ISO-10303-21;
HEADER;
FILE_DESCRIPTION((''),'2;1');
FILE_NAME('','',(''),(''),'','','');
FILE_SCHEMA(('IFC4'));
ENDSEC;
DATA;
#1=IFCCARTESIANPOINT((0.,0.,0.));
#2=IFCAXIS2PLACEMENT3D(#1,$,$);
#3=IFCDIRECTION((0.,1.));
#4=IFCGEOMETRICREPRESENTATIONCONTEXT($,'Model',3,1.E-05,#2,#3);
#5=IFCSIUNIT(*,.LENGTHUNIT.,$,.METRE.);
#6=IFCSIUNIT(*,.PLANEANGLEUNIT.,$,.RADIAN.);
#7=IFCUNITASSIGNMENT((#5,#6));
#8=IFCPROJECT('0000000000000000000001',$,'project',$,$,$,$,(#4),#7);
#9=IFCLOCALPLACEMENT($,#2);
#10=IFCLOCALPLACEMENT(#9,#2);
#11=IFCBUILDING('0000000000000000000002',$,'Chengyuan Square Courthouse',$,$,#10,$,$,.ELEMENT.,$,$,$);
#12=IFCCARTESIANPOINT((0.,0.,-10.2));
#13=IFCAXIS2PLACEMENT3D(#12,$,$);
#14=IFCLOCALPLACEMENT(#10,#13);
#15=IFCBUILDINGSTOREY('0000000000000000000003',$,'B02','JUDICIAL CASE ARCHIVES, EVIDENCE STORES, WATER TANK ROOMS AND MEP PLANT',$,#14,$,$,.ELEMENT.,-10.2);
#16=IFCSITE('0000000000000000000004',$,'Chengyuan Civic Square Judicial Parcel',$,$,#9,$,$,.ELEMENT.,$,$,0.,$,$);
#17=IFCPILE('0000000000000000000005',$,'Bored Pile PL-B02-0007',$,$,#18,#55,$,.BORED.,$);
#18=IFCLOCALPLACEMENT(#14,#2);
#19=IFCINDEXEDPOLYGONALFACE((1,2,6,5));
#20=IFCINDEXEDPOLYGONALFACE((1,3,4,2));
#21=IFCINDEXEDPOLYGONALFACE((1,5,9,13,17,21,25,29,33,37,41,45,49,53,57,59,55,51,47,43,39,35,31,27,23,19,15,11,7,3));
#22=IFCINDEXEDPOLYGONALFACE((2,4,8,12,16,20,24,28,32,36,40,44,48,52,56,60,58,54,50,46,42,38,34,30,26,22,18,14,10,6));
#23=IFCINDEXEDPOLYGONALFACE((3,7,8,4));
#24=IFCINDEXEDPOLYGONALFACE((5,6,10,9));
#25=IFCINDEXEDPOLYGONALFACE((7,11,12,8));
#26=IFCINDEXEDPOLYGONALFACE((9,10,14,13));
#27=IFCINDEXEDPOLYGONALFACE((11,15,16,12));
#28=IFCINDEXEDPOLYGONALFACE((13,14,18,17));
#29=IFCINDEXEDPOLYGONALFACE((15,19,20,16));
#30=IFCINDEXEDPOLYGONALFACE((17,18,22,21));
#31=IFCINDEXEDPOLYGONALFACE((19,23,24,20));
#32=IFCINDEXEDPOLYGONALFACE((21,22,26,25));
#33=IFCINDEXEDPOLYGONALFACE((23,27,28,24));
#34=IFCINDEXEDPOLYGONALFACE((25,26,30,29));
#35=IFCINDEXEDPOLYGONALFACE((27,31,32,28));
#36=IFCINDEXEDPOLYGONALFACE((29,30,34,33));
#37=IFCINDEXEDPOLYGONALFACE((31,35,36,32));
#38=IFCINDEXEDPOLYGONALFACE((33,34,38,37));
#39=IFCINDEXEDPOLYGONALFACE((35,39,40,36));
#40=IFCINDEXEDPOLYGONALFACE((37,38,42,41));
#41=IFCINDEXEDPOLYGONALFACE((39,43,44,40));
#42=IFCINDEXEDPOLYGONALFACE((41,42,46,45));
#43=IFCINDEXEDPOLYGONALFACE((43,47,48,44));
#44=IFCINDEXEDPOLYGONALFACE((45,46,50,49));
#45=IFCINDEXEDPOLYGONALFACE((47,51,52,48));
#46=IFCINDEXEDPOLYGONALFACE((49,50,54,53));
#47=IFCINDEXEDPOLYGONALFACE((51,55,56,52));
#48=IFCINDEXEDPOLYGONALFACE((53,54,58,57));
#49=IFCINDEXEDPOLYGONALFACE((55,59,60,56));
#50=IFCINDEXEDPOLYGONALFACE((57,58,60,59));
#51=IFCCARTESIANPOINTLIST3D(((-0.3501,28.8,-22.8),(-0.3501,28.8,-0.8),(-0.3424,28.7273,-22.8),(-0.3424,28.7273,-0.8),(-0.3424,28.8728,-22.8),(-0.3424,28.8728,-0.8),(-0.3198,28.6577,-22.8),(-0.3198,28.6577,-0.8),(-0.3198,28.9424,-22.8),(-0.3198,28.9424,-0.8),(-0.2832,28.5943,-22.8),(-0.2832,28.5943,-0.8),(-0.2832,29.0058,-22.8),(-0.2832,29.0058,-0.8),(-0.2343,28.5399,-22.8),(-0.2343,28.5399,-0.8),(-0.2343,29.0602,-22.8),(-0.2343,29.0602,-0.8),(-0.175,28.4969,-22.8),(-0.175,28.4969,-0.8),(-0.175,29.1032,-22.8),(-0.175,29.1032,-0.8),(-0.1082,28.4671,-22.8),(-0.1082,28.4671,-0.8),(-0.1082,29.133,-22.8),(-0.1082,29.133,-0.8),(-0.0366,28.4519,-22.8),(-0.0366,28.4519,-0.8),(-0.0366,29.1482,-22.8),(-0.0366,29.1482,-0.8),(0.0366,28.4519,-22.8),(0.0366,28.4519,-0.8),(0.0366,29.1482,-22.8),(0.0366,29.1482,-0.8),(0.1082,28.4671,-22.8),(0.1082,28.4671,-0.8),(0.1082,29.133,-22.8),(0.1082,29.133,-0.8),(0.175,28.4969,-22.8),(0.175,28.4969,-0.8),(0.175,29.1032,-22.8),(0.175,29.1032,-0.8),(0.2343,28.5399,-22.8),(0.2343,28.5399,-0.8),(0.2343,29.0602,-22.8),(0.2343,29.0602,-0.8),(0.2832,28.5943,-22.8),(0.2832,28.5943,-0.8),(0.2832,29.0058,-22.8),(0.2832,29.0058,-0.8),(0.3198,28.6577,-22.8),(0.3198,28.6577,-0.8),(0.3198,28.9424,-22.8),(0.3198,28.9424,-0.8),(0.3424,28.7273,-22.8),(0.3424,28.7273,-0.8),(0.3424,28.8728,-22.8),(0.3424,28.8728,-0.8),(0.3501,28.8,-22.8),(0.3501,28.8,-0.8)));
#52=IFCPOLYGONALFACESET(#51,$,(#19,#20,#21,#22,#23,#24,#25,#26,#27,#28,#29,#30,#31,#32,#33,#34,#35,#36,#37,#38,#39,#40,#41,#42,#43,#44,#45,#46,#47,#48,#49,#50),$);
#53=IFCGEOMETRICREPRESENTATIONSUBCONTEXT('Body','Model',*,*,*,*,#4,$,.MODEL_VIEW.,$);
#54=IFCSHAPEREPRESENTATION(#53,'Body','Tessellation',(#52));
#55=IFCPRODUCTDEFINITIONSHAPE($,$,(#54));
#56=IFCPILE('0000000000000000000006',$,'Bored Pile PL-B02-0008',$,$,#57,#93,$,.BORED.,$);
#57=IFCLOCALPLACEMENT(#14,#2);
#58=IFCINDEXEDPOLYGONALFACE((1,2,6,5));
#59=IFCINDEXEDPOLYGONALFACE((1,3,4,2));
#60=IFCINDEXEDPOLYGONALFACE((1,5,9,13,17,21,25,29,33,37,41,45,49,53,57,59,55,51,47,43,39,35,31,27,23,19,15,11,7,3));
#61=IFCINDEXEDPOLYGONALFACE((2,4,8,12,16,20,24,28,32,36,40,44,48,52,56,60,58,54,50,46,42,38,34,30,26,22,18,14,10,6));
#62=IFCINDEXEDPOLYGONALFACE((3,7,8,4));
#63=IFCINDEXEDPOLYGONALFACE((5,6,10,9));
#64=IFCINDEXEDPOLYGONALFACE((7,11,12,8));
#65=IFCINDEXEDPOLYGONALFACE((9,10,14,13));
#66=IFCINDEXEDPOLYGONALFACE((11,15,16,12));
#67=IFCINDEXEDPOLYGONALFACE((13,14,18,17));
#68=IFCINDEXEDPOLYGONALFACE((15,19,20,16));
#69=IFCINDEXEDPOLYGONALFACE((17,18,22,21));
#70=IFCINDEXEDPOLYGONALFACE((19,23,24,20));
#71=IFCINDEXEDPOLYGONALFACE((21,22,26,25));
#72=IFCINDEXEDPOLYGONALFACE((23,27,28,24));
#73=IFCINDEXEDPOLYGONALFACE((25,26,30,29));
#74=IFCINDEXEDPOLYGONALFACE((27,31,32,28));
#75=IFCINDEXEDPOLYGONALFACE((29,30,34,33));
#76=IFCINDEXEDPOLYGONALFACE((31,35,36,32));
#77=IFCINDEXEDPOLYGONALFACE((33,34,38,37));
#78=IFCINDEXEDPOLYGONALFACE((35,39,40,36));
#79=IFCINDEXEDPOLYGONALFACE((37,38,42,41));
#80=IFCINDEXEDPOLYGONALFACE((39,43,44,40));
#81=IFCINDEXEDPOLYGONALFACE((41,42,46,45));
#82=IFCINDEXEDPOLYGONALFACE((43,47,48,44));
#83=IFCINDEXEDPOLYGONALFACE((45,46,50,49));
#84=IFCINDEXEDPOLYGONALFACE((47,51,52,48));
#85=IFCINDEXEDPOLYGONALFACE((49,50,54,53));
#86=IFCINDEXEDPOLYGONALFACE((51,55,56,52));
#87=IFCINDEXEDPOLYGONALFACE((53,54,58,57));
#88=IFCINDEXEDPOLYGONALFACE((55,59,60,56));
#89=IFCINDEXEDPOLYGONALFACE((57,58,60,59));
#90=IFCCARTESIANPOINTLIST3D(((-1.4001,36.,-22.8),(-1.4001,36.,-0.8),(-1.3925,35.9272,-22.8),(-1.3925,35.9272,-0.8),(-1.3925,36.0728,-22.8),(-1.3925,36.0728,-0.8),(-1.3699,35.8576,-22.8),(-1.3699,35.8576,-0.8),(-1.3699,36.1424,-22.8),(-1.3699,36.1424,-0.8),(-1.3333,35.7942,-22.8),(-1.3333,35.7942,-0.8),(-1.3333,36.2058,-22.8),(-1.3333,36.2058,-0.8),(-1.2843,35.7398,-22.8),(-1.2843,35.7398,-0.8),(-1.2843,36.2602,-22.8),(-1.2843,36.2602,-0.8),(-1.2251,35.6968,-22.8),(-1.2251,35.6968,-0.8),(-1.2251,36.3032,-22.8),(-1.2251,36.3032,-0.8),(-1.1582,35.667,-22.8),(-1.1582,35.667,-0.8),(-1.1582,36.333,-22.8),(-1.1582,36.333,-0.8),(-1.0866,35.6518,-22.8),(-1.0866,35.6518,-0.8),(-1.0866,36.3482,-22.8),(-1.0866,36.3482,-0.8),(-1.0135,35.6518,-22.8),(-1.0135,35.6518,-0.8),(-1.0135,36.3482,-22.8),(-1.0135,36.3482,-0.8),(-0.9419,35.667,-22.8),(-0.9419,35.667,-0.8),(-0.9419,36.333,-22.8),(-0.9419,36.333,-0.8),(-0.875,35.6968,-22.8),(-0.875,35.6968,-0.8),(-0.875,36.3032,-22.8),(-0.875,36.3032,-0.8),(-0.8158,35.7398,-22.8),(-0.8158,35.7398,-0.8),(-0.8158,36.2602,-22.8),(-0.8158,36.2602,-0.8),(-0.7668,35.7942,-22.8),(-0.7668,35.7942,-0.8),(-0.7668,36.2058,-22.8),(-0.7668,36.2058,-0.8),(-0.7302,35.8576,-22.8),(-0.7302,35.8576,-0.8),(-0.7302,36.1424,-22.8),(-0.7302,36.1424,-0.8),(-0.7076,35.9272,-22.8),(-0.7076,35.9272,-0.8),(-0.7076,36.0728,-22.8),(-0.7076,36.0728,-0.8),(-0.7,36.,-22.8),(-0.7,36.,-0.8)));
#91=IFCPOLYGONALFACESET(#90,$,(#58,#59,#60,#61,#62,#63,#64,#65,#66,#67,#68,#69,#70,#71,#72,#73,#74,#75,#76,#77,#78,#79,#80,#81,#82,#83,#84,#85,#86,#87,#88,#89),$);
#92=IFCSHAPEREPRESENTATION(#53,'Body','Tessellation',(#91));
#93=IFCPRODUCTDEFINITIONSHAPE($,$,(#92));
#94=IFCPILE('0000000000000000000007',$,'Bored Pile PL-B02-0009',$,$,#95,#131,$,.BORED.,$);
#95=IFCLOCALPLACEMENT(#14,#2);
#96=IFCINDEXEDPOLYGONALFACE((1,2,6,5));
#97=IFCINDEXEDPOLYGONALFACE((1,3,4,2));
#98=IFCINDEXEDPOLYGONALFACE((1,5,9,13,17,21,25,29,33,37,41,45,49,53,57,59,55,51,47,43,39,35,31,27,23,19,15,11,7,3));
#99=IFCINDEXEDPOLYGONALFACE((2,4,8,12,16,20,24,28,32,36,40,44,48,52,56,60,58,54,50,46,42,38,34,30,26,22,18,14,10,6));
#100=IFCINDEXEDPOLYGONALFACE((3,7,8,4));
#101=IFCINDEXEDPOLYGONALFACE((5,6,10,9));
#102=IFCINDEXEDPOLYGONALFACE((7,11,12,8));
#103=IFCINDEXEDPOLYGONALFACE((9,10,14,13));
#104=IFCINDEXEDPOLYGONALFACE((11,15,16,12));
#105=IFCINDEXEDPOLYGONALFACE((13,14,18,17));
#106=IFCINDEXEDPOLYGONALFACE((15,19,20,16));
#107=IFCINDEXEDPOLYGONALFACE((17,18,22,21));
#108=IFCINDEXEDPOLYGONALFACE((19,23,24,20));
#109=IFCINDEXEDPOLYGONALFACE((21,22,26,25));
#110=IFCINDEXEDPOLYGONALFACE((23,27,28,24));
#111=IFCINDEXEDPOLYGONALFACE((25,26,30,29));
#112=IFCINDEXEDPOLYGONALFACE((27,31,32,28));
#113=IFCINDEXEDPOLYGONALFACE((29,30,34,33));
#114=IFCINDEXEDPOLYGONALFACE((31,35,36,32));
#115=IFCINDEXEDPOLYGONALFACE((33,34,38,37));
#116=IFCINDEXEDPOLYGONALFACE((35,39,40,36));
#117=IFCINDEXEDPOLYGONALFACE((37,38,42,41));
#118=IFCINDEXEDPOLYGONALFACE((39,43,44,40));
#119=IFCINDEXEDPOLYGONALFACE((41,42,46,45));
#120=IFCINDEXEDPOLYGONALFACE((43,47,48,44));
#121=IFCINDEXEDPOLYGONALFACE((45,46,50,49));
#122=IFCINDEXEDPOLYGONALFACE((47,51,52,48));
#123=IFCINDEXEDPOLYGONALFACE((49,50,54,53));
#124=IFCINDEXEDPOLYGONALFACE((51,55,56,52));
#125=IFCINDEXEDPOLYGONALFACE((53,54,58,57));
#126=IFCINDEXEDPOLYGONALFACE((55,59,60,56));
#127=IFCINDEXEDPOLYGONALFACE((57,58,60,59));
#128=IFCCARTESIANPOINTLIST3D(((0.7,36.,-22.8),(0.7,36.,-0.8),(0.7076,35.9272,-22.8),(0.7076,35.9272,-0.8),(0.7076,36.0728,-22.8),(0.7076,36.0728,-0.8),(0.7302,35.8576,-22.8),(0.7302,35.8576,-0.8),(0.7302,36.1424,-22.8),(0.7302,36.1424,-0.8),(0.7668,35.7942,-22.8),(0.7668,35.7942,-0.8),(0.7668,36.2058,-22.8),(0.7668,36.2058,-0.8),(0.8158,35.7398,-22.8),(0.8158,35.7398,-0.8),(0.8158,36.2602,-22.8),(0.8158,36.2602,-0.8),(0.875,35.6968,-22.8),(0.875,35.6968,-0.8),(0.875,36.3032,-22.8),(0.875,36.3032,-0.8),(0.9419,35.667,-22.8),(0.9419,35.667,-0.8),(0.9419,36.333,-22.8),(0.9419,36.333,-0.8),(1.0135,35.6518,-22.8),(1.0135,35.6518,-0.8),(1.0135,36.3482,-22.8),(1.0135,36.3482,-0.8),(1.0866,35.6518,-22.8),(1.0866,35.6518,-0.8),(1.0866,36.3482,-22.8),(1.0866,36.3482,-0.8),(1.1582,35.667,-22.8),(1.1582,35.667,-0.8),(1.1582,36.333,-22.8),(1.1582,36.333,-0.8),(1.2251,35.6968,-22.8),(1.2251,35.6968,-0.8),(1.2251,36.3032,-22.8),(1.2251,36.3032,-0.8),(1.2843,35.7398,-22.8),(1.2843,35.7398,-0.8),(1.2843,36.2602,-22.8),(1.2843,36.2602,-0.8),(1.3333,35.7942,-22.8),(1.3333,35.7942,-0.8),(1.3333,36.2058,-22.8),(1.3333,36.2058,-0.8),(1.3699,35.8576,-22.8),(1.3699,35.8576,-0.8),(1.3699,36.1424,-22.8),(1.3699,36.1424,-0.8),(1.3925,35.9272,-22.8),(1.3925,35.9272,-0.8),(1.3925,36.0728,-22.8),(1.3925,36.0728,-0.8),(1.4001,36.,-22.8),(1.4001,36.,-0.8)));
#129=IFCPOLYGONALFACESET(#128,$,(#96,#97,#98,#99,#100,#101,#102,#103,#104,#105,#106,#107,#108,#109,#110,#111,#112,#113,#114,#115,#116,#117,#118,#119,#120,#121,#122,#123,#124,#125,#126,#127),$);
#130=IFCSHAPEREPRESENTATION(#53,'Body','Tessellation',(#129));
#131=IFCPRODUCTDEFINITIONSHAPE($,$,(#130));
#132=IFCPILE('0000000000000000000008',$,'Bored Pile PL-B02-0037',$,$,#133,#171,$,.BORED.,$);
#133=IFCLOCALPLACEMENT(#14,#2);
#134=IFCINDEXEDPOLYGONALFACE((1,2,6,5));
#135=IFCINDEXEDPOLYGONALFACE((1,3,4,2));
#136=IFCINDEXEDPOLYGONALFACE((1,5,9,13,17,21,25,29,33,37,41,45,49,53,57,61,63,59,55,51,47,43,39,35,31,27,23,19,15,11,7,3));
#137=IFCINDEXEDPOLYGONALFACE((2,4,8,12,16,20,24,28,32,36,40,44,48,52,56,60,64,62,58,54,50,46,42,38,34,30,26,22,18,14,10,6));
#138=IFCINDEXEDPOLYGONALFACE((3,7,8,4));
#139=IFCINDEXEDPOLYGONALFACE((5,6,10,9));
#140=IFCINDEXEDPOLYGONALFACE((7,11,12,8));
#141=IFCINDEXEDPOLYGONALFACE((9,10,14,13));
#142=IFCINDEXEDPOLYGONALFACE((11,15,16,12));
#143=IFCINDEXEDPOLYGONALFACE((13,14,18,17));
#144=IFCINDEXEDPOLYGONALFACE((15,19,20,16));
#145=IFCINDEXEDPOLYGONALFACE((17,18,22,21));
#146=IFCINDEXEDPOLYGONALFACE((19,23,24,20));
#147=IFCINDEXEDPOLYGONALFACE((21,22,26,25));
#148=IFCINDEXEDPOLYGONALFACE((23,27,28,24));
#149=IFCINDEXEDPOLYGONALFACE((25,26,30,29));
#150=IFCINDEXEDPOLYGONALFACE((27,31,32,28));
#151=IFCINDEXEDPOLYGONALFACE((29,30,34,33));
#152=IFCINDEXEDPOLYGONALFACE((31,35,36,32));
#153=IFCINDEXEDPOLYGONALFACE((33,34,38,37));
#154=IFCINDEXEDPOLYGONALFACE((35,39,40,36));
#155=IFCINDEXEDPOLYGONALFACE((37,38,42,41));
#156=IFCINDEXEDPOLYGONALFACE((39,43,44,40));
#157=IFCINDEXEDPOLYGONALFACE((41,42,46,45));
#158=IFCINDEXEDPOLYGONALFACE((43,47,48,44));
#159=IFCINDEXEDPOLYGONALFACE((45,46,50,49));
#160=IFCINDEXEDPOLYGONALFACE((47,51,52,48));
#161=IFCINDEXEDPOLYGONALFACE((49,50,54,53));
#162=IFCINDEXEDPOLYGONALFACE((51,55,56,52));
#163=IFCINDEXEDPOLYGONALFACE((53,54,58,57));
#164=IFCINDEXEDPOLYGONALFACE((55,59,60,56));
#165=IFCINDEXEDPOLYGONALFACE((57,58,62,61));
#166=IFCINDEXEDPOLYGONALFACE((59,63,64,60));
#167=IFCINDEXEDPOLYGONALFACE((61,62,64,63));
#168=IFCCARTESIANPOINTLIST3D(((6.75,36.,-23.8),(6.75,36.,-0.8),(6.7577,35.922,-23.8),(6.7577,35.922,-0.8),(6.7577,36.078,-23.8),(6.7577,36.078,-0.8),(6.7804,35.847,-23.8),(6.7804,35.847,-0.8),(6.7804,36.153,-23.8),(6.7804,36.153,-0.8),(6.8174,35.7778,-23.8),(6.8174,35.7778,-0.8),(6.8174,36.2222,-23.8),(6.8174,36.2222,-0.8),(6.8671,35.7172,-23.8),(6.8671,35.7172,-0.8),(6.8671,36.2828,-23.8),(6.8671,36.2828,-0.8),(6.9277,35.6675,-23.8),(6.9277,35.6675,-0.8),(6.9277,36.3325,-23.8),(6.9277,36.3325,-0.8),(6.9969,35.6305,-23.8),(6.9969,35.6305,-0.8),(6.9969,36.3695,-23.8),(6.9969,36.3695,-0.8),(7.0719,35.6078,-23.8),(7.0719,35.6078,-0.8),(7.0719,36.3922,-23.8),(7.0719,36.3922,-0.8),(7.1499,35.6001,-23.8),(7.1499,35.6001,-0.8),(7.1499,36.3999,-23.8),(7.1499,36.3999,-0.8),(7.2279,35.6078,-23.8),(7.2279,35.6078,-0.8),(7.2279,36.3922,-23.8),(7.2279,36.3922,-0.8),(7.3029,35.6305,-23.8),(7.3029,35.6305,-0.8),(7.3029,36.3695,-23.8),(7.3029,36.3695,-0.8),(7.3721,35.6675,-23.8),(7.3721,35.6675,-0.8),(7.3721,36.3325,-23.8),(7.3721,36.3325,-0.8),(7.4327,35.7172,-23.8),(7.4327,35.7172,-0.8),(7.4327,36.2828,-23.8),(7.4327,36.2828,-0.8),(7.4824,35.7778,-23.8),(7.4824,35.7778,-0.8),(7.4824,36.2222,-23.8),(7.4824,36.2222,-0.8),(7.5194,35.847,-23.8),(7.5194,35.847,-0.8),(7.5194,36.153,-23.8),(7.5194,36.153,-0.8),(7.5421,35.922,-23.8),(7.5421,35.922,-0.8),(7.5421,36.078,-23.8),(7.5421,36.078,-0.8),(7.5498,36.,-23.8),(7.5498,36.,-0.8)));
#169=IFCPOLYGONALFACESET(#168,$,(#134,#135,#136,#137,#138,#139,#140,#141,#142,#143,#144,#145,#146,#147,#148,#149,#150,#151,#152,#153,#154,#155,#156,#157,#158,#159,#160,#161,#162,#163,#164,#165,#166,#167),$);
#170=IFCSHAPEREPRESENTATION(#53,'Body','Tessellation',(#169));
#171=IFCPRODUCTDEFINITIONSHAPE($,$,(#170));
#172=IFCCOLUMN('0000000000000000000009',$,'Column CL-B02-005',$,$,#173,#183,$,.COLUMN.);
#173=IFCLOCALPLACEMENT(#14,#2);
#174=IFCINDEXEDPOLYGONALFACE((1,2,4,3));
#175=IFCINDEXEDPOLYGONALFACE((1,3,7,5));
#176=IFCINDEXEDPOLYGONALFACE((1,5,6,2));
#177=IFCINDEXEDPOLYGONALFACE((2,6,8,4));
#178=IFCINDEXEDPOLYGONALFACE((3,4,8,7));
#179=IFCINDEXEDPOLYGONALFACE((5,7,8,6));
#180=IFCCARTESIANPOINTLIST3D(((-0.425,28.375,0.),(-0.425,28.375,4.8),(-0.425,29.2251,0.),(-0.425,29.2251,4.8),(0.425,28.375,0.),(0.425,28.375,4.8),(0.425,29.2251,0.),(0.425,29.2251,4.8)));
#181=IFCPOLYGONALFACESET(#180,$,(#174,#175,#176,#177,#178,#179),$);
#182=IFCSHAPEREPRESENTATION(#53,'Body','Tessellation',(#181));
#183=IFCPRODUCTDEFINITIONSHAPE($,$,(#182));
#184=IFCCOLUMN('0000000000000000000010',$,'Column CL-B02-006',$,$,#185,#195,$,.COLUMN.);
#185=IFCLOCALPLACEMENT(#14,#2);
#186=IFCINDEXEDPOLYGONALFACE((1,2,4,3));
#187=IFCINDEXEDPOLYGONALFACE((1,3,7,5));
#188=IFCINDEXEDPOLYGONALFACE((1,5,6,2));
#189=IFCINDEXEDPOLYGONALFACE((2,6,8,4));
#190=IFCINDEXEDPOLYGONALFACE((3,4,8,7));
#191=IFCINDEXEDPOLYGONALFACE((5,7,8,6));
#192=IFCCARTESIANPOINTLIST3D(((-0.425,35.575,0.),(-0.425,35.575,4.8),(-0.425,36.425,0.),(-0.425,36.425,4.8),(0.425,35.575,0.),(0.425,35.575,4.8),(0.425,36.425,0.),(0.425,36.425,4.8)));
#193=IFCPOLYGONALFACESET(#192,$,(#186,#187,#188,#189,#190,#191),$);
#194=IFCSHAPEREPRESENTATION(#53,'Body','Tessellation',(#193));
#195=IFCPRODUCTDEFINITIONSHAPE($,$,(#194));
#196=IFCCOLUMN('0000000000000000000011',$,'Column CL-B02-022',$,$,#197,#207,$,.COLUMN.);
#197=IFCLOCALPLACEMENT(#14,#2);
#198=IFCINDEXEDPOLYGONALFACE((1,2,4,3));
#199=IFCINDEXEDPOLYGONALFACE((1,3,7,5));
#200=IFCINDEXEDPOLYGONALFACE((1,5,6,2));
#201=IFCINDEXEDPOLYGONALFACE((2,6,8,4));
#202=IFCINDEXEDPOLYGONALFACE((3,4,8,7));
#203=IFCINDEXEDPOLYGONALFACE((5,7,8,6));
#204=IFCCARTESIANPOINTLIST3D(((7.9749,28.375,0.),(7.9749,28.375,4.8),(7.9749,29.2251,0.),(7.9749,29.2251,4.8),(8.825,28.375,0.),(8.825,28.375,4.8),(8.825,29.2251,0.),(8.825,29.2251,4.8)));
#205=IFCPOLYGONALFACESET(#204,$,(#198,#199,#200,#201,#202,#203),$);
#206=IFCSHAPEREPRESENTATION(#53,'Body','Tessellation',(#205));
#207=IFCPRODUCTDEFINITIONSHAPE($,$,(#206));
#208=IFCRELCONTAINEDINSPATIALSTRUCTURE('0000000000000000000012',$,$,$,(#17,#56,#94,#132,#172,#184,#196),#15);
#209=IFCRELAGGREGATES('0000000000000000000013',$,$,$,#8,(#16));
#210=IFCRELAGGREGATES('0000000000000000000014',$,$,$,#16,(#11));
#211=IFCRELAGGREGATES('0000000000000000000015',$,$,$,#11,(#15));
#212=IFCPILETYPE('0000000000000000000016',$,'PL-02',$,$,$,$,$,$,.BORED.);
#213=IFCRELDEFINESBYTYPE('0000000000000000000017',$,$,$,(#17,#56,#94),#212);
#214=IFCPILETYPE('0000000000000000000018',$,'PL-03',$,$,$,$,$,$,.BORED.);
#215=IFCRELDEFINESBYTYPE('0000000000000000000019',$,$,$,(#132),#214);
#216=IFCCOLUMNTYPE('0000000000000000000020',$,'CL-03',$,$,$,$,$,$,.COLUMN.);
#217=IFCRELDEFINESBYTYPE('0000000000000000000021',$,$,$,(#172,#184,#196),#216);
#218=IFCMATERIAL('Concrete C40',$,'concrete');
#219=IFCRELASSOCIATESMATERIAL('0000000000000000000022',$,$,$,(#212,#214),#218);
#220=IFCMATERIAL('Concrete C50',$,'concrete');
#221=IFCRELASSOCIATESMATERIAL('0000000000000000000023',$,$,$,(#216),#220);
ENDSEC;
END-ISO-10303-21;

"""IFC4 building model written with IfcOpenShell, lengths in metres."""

from ifc_helpers import new_model, si_unit, direction, frame, origin, origin_2d, place, context, subcontext, project, spatial, rectangle, circle, extrude, material, material_profile, profile_set, type_object, element, save


model = new_model("IFC4")

# Units and contexts
model_context = context("Model", 3, precision=1e-05, world=origin(), true_north=direction((0.0, 1.0)))
body_context = subcontext(model_context, "Body", "Model", "MODEL_VIEW")
ifc_project = project(units=[si_unit("LENGTHUNIT", "METRE"), si_unit("PLANEANGLEUNIT", "RADIAN")], contexts=[model_context])

# Site, building, storey
site_placement = place(None, origin())
site = spatial("IfcSite", under=ifc_project, at=site_placement, Name="Chengyuan Civic Square Judicial Parcel", CompositionType="ELEMENT", RefElevation=0.0)
building_placement = place(site_placement, origin())
building = spatial("IfcBuilding", under=site, at=building_placement, Name="Chengyuan Square Courthouse", CompositionType="ELEMENT")
storey_placement = place(building_placement, frame((0.0, 0.0, -10.2)))
storey = spatial("IfcBuildingStorey", under=building, at=storey_placement, Name="B02", Description="JUDICIAL CASE ARCHIVES, EVIDENCE STORES, WATER TANK ROOMS AND MEP PLANT", CompositionType="ELEMENT", Elevation=-10.2)

# Shared definitions
ifc_material_1 = material(Name="Concrete C40", Category="concrete")

# Piles
ifc_material_profile_1 = material_profile(ifc_material_1, circle(Radius=0.3501, at=origin_2d()), Name="BORED PILE D700")
ifc_profile_set_1 = profile_set([ifc_material_profile_1], Name="Concrete C40")
pile_type_1 = type_object("IfcPileType", Name="PL-02", PredefinedType="BORED", material=ifc_profile_set_1)
for number, where, z_axis, x_axis, name in (
    (1, (0.0, 28.8, -0.8), (0.0, 0.0, -1.0), (1.0, 0.0, 0.0), "Bored Pile PL-B02-0007"),
    (2, (-1.05, 36.0, -0.8), (0.0, 0.0, -1.0), (1.0, 0.0, 0.0), "Bored Pile PL-B02-0008"),
    (3, (1.05, 36.0, -0.8), (0.0, 0.0, -1.0), (1.0, 0.0, 0.0), "Bored Pile PL-B02-0009"),
):
    element("IfcPile", number, at=place(storey_placement, frame(where, z_axis=z_axis, x_axis=x_axis)), inside=storey, type_object=pile_type_1, Name=name, PredefinedType="BORED", context=body_context, shape_type="SweptSolid", body=[
        extrude(circle(Radius=0.3501, at=origin_2d()), origin(), (0.0, 0.0, 1.0), 22.0),
    ])
ifc_material_profile_2 = material_profile(ifc_material_1, circle(Radius=0.3999, at=origin_2d()), Name="BORED PILE D800")
ifc_profile_set_2 = profile_set([ifc_material_profile_2], Name="Concrete C40")
pile_type_2 = type_object("IfcPileType", Name="PL-03", PredefinedType="BORED", material=ifc_profile_set_2)
pile_1_placement = place(storey_placement, frame((7.1499, 36.0, -0.8), z_axis=(0.0, 0.0, -1.0), x_axis=(1.0, 0.0, 0.0)))
element("IfcPile", 4, at=pile_1_placement, inside=storey, type_object=pile_type_2, Name="Bored Pile PL-B02-0037", PredefinedType="BORED", context=body_context, shape_type="SweptSolid", body=[
    extrude(circle(Radius=0.3999, at=origin_2d()), origin(), (0.0, 0.0, 1.0), 23.0),
])

# Columns
ifc_material_2 = material(Name="Concrete C50", Category="concrete")
ifc_material_profile_3 = material_profile(ifc_material_2, rectangle(XDim=0.8501, YDim=0.8501, at=origin_2d()), Name="RC-COL-850x850")
ifc_profile_set_3 = profile_set([ifc_material_profile_3], Name="Concrete C50")
column_type = type_object("IfcColumnType", Name="CL-03", PredefinedType="COLUMN", material=ifc_profile_set_3)
for number, where, z_axis, x_axis, name in (
    (5, (0.0, 28.8, 0.0), (0.0, 0.0, 1.0), (1.0, 0.0, 0.0), "Column CL-B02-005"),
    (6, (0.0, 36.0, 0.0), (0.0, 0.0, 1.0), (1.0, 0.0, 0.0), "Column CL-B02-006"),
    (7, (8.3999, 28.8, 0.0), (0.0, 0.0, 1.0), (1.0, 0.0, 0.0), "Column CL-B02-022"),
):
    element("IfcColumn", number, at=place(storey_placement, frame(where, z_axis=z_axis, x_axis=x_axis)), inside=storey, type_object=column_type, Name=name, PredefinedType="COLUMN", context=body_context, shape_type="SweptSolid", body=[
        extrude(rectangle(XDim=0.8501, YDim=0.8501, at=origin_2d()), origin(), (0.0, 0.0, 1.0), 4.8),
    ])

save(model, "model.ifc")
